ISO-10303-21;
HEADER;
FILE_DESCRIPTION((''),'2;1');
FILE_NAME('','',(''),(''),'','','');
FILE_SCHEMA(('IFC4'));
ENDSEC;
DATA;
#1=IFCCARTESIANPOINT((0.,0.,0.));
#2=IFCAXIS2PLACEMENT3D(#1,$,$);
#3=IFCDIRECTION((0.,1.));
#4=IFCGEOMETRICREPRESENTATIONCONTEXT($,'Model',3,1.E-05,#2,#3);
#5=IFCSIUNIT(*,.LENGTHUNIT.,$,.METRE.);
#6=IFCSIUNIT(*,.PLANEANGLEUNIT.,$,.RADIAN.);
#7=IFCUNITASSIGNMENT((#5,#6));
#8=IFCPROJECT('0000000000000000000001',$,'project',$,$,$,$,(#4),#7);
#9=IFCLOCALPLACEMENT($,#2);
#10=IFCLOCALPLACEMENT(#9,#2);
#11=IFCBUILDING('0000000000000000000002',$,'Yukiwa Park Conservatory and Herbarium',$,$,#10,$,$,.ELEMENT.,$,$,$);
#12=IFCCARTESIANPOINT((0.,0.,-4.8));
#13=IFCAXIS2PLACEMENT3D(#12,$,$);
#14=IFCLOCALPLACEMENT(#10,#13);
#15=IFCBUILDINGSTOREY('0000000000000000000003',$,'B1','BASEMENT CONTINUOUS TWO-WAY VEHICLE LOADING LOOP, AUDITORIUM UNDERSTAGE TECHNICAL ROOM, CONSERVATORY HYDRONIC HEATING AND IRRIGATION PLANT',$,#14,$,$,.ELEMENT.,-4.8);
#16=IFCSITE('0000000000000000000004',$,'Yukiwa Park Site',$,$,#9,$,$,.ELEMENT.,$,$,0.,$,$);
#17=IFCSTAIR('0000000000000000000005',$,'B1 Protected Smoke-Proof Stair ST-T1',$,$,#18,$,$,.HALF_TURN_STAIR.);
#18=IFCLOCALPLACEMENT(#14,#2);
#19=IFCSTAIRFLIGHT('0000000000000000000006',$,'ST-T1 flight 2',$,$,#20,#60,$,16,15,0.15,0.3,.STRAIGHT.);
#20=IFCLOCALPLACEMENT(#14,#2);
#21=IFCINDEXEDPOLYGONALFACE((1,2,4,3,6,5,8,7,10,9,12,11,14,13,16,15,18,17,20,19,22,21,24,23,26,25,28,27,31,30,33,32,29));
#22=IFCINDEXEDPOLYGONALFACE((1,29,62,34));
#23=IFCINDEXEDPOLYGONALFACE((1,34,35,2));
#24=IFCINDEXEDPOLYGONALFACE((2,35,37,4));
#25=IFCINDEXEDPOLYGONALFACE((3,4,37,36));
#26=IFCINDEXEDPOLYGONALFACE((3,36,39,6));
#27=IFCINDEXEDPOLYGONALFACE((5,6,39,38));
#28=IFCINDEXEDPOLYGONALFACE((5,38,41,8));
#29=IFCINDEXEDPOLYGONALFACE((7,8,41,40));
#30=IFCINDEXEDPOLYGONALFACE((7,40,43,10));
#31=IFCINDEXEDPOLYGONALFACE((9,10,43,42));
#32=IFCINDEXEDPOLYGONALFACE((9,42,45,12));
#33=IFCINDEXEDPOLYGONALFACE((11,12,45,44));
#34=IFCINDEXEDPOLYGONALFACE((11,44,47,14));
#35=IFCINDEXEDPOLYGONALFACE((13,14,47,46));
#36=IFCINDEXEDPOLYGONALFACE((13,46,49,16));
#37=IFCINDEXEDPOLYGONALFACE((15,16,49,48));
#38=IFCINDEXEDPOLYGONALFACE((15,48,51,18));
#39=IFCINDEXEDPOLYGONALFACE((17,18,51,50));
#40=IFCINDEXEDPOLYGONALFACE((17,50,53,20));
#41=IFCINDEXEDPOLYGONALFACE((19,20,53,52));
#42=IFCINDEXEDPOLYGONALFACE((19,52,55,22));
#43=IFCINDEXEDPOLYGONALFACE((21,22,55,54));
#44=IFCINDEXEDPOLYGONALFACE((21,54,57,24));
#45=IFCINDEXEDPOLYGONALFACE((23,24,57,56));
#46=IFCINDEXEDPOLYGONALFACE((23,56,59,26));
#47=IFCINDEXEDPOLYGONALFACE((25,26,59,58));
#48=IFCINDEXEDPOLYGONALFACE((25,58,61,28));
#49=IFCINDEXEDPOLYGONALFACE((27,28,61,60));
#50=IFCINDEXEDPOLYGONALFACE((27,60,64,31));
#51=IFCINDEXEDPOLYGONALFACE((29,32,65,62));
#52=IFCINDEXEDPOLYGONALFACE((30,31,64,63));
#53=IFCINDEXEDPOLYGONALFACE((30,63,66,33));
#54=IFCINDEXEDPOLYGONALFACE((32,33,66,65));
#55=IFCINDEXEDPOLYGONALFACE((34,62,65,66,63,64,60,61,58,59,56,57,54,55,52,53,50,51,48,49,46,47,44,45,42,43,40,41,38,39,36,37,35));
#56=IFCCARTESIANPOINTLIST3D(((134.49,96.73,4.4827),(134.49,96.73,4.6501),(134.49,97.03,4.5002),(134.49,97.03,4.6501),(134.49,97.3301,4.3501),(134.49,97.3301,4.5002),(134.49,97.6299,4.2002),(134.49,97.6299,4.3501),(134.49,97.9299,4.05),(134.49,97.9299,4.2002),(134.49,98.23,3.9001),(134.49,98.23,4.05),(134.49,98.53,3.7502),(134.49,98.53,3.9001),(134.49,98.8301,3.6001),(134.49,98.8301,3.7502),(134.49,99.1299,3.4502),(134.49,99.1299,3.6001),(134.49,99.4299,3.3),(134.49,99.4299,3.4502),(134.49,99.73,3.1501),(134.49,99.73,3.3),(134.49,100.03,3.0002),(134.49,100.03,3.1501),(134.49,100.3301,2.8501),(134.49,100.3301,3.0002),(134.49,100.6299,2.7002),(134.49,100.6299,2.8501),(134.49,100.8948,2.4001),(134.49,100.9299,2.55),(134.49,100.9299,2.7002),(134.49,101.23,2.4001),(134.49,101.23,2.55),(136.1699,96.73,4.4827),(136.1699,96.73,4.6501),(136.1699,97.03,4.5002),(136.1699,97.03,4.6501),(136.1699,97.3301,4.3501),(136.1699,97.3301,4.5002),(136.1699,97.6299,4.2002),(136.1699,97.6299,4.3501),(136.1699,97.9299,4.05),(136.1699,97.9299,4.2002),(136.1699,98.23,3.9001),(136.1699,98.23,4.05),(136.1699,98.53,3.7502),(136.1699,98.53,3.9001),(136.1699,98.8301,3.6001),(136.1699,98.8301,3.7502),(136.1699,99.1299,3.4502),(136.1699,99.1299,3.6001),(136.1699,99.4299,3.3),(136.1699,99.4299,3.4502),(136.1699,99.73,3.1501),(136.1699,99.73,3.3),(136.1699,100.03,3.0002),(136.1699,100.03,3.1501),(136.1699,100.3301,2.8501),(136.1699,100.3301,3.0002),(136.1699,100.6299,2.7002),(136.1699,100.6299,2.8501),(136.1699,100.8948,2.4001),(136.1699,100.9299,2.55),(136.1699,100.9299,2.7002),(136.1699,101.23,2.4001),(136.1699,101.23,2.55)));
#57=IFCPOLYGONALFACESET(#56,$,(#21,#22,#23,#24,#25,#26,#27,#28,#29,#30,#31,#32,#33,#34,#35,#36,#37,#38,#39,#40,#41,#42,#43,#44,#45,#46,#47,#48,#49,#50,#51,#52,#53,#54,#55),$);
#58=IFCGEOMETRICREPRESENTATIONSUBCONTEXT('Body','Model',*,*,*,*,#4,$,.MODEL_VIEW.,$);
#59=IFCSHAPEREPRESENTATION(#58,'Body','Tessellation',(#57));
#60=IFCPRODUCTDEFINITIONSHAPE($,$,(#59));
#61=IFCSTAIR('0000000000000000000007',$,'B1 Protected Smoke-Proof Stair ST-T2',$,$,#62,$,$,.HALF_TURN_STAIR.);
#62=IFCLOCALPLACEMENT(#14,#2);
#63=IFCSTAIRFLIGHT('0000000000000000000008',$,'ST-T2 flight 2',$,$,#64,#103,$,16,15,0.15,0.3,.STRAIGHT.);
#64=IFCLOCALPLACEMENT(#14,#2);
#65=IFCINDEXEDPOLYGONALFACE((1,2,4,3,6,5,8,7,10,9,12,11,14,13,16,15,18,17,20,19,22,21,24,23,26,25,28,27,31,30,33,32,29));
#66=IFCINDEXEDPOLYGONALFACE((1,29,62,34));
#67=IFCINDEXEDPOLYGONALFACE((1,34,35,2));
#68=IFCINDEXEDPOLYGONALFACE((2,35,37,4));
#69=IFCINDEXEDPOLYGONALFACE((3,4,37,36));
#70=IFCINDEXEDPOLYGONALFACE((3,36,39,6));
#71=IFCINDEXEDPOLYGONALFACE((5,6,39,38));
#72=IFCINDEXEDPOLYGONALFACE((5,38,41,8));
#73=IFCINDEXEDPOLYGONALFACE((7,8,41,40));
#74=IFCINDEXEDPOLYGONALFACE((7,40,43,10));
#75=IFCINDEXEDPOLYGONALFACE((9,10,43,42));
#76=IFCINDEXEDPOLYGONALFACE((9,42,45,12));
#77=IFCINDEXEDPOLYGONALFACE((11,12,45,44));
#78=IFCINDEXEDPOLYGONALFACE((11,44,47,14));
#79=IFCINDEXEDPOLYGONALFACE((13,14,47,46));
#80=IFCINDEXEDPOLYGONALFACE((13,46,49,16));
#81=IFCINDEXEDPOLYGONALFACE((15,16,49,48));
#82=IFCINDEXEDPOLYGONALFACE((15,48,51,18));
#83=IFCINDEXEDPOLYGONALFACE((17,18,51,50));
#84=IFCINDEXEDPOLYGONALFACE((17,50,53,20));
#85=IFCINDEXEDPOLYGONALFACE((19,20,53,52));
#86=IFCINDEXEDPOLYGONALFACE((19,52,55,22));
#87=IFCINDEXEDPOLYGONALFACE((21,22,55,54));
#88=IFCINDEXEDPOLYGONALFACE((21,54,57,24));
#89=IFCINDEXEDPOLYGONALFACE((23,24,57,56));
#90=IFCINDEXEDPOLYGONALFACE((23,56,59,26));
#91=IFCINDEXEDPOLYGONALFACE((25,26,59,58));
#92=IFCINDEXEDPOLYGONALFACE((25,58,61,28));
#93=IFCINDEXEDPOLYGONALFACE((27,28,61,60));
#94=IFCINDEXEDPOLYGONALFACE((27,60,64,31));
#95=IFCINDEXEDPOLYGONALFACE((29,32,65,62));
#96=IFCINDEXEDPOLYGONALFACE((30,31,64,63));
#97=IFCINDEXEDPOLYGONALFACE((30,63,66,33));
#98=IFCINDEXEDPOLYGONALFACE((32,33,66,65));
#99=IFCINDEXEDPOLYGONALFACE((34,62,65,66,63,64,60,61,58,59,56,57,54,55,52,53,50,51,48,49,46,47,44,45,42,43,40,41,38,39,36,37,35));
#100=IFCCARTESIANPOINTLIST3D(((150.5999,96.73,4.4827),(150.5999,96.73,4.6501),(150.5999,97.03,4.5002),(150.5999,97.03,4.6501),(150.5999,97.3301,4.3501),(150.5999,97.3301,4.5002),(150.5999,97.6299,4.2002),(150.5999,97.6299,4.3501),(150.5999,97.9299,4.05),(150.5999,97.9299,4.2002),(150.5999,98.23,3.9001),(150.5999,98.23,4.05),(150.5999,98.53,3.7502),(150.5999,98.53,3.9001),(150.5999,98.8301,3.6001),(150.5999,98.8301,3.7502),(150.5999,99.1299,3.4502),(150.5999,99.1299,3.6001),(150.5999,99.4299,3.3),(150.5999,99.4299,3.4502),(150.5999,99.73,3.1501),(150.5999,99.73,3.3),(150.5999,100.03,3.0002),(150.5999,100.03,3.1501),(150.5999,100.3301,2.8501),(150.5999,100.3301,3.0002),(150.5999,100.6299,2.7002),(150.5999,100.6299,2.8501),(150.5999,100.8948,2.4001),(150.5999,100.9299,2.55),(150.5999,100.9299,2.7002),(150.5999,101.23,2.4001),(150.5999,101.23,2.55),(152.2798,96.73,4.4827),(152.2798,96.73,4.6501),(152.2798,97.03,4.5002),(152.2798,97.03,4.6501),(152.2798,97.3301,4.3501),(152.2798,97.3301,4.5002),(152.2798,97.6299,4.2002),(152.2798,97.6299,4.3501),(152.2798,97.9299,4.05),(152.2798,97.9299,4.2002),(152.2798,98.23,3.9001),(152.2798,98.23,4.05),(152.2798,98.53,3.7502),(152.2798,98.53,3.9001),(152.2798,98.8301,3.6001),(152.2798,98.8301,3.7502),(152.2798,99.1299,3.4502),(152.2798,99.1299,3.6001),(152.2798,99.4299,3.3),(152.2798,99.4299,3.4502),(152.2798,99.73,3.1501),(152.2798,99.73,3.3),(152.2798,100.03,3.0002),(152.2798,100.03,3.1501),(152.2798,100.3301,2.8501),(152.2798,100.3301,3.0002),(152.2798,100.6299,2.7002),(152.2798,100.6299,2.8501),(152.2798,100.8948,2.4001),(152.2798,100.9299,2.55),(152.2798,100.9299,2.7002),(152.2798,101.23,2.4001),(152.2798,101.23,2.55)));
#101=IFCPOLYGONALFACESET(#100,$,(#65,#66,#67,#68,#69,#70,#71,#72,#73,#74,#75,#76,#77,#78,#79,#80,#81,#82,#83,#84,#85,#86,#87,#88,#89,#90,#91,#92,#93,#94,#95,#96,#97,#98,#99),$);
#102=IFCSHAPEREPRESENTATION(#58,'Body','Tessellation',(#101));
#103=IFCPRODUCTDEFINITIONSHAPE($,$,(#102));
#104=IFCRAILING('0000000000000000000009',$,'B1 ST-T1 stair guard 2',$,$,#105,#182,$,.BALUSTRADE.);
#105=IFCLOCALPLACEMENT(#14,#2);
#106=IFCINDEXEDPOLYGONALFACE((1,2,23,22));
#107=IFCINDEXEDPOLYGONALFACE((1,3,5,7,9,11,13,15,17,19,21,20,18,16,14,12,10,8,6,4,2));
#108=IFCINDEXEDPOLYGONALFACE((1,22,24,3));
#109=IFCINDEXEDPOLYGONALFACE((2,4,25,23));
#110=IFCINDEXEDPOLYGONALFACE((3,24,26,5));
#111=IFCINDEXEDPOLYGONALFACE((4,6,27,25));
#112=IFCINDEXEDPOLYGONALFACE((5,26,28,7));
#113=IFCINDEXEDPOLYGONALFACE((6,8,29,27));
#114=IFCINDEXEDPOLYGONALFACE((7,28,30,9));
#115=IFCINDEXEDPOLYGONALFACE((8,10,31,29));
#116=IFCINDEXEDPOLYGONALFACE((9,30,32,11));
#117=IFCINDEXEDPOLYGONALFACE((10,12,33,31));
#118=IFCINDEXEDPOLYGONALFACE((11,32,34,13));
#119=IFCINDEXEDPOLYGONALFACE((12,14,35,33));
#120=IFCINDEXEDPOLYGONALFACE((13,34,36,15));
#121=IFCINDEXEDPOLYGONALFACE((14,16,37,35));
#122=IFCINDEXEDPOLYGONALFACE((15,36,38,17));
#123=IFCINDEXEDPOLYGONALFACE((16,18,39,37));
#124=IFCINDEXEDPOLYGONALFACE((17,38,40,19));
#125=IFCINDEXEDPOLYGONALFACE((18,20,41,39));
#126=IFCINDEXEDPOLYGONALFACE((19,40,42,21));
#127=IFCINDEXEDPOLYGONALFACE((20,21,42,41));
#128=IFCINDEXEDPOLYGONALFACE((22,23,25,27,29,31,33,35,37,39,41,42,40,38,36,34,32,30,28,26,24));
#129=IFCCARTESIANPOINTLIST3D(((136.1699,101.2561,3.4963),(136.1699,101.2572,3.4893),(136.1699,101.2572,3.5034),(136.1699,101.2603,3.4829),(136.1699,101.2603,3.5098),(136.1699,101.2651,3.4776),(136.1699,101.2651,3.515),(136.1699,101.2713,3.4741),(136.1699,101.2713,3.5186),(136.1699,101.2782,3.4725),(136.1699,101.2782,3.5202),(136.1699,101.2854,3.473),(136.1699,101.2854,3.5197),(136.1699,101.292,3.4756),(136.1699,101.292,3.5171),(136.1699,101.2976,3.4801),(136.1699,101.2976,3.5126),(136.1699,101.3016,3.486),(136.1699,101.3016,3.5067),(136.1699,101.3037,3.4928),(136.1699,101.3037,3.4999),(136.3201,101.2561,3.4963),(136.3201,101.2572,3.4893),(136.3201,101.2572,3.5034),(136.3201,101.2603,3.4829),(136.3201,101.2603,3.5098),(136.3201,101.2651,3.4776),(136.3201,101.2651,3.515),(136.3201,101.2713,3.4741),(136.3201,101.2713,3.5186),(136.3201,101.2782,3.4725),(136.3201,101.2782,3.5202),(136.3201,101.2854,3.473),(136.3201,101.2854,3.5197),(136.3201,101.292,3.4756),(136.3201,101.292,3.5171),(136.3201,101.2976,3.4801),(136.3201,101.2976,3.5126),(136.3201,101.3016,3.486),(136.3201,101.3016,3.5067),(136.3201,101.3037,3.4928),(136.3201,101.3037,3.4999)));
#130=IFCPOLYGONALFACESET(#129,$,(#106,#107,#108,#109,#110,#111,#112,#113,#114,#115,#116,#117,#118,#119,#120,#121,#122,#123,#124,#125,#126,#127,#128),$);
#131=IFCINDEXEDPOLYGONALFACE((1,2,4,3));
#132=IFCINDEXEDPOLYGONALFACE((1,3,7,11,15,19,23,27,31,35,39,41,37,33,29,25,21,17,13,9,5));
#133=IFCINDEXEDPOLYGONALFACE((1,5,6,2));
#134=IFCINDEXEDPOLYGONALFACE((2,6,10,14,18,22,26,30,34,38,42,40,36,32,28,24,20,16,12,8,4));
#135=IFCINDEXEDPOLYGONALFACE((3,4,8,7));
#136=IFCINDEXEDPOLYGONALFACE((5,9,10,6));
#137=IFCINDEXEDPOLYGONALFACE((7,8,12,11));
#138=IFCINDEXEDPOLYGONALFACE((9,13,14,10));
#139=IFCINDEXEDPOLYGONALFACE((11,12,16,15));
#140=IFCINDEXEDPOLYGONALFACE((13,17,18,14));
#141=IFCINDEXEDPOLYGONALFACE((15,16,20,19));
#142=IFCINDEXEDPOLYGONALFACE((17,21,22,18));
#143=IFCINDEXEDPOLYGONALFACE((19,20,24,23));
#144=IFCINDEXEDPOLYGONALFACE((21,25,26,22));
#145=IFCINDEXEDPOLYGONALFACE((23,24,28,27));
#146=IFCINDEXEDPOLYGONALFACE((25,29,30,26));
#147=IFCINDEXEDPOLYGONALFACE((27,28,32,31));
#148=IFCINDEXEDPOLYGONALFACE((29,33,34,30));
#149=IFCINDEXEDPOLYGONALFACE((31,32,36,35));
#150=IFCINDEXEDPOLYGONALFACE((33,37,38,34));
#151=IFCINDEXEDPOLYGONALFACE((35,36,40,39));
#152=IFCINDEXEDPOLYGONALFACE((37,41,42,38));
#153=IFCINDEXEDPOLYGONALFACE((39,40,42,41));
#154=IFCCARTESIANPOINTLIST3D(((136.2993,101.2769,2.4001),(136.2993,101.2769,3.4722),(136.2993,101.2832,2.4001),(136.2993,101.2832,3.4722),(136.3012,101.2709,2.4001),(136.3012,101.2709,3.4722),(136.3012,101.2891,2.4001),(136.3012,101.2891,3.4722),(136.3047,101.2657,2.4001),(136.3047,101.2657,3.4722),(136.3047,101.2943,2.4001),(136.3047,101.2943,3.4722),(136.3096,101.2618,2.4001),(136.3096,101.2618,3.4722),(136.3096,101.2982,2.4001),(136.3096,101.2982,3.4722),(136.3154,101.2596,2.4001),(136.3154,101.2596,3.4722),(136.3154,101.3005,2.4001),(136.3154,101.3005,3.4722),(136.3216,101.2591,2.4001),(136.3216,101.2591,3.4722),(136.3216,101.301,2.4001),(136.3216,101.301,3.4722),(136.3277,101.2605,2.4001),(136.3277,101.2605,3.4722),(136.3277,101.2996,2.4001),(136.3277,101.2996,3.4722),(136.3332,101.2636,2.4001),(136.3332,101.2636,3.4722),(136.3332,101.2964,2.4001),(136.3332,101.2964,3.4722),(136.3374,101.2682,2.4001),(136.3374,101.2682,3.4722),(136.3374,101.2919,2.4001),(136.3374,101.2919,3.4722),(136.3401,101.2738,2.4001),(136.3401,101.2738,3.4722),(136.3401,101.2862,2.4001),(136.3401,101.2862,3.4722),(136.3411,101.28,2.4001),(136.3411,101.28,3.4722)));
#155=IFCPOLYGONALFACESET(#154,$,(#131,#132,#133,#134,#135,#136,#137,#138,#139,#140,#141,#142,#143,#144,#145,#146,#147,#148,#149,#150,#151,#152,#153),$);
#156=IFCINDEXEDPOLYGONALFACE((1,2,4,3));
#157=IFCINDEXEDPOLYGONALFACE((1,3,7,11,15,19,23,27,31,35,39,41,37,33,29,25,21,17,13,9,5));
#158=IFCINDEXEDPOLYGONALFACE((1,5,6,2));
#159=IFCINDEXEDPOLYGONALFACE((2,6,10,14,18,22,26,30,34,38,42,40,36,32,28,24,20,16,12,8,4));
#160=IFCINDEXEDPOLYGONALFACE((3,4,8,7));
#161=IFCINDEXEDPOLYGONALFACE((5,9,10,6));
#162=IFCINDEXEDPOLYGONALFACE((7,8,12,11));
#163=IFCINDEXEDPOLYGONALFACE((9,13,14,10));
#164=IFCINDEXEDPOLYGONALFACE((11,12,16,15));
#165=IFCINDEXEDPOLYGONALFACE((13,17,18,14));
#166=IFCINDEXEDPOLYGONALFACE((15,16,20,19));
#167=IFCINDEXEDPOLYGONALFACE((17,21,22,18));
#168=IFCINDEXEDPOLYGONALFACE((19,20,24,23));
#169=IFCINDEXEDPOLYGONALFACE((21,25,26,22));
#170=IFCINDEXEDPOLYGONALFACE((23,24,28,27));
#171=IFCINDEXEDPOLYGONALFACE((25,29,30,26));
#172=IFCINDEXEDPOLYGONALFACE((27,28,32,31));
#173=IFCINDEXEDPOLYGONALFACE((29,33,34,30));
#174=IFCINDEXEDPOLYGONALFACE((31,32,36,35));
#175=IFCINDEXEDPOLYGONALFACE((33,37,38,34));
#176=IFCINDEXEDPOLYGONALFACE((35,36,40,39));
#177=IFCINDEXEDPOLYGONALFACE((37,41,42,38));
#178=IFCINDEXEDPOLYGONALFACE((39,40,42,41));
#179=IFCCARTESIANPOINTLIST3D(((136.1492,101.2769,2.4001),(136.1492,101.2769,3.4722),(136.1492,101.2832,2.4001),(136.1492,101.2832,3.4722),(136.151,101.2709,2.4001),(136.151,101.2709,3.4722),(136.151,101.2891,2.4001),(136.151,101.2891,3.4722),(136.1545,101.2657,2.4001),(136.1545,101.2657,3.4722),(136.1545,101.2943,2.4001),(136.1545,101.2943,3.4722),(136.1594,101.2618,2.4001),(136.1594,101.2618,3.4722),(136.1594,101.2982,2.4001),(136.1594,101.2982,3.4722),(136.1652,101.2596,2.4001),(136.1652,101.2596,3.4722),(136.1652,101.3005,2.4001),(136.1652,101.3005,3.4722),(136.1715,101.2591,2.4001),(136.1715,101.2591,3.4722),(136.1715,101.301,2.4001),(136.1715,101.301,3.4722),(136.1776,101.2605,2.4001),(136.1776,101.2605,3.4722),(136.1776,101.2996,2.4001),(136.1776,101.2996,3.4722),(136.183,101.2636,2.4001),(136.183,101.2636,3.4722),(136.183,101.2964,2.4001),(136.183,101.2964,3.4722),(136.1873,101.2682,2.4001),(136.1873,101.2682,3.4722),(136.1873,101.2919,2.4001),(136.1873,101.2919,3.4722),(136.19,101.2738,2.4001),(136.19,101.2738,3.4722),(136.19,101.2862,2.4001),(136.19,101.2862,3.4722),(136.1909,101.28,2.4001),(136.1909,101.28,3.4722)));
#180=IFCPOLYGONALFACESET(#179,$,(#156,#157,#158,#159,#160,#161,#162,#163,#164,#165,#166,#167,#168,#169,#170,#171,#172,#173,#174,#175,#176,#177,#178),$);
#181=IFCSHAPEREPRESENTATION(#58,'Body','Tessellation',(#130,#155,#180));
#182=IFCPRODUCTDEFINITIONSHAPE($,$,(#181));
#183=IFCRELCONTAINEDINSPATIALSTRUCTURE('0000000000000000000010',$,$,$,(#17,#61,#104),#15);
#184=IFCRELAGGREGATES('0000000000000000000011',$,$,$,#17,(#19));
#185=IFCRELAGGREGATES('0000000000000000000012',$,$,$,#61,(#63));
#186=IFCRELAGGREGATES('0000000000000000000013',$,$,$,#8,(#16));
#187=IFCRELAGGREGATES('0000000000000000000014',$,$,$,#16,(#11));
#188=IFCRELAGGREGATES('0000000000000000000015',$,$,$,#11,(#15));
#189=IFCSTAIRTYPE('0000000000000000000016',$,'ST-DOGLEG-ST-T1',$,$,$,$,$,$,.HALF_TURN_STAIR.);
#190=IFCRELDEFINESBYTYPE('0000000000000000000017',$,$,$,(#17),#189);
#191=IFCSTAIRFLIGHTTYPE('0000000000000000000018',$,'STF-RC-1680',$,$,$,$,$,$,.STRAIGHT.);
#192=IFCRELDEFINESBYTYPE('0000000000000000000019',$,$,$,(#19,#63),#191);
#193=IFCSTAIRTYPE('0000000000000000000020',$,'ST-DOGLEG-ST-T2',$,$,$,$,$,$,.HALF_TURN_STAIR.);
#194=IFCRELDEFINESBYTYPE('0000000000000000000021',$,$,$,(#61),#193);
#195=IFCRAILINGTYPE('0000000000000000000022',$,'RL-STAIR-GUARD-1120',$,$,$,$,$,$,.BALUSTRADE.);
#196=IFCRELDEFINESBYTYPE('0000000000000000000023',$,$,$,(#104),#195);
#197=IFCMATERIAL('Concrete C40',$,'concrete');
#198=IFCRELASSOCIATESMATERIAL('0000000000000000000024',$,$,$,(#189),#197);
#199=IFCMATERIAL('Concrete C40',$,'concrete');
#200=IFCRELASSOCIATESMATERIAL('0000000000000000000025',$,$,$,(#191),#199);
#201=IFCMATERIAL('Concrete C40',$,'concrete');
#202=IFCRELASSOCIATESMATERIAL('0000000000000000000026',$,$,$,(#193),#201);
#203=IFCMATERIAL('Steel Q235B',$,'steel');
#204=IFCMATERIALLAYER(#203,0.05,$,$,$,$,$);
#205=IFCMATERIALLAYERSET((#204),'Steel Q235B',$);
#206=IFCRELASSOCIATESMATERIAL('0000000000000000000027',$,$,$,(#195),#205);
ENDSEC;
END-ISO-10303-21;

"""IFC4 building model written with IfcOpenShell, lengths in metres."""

from ifc_helpers import new_model, si_unit, direction, frame, origin, origin_2d, place, context, subcontext, project, spatial, polyline, circle, outline, extrude, material, layer, layer_set, type_object, element, aggregate, save


model = new_model("IFC4")

# Units and contexts
model_context = context("Model", 3, precision=1e-05, world=origin(), true_north=direction((0.0, 1.0)))
body_context = subcontext(model_context, "Body", "Model", "MODEL_VIEW")
ifc_project = project(units=[si_unit("LENGTHUNIT", "METRE"), si_unit("PLANEANGLEUNIT", "RADIAN")], contexts=[model_context])

# Site, building, storey
site_placement = place(None, origin())
site = spatial("IfcSite", under=ifc_project, at=site_placement, Name="Yukiwa Park Site", CompositionType="ELEMENT", RefElevation=0.0)
building_placement = place(site_placement, origin())
building = spatial("IfcBuilding", under=site, at=building_placement, Name="Yukiwa Park Conservatory and Herbarium", CompositionType="ELEMENT")
storey_placement = place(building_placement, frame((0.0, 0.0, -4.8)))
storey = spatial("IfcBuildingStorey", under=building, at=storey_placement, Name="B1", Description="BASEMENT CONTINUOUS TWO-WAY VEHICLE LOADING LOOP, AUDITORIUM UNDERSTAGE TECHNICAL ROOM, CONSERVATORY HYDRONIC HEATING AND IRRIGATION PLANT", CompositionType="ELEMENT", Elevation=-4.8)

# Stairs, stair flights
ifc_material_1 = material(Name="Concrete C40", Category="concrete")
stair_type_1 = type_object("IfcStairType", Name="ST-DOGLEG-ST-T1", PredefinedType="HALF_TURN_STAIR", material=ifc_material_1)
stair_1_placement = place(storey_placement, origin())
stair_1 = element("IfcStair", 1, at=stair_1_placement, inside=storey, type_object=stair_type_1, Name="B1 Protected Smoke-Proof Stair ST-T1", PredefinedType="HALF_TURN_STAIR")
ifc_material_2 = material(Name="Concrete C40", Category="concrete")
stair_flight_type = type_object("IfcStairFlightType", Name="STF-RC-1680", PredefinedType="STRAIGHT", material=ifc_material_2)
stair_flight_1_placement = place(storey_placement, frame((135.3301, 101.23, 2.4001), z_axis=(0.0, 0.0, 1.0), x_axis=(0.0, -1.0, 0.0)))
stair_flight_1 = element("IfcStairFlight", 2, at=stair_flight_1_placement, type_object=stair_flight_type, Name="ST-T1 flight 2", NumberOfRisers=16, NumberOfTreads=15, PredefinedType="STRAIGHT", RiserHeight=0.15, TreadLength=0.3, context=body_context, shape_type="SweptSolid", body=[
    extrude(outline(polyline([(0.0, 0.0), (0.0, 0.1499), (0.3, 0.1499), (0.3, 0.3), (0.6001, 0.3), (0.6001, 0.45), (0.8999, 0.45), (0.8999, 0.6001), (1.2, 0.6001), (1.2, 0.75), (1.5, 0.75), (1.5, 0.8999), (1.8, 0.8999), (1.8, 1.05), (2.1001, 1.05), (2.1001, 1.2), (2.3999, 1.2), (2.3999, 1.3501), (2.7, 1.3501), (2.7, 1.5), (3.0, 1.5), (3.0, 1.6499), (3.3, 1.6499), (3.3, 1.8), (3.6001, 1.8), (3.6001, 1.95), (3.8999, 1.95), (3.8999, 2.1001), (4.2, 2.1001), (4.2, 2.25), (4.5, 2.25), (4.5, 2.3999), (4.5, 2.0825), (0.3352, 0.0), (0.0, 0.0)])), frame((0.0, 0.8398, 0.0), z_axis=(0.0, -1.0, 0.0), x_axis=(1.0, 0.0, 0.0)), (0.0, 0.0, 1.0), 1.6799),
])
aggregate(stair_1, [stair_flight_1])
ifc_material_3 = material(Name="Concrete C40", Category="concrete")
stair_type_2 = type_object("IfcStairType", Name="ST-DOGLEG-ST-T2", PredefinedType="HALF_TURN_STAIR", material=ifc_material_3)
stair_2_placement = place(storey_placement, origin())
stair_2 = element("IfcStair", 3, at=stair_2_placement, inside=storey, type_object=stair_type_2, Name="B1 Protected Smoke-Proof Stair ST-T2", PredefinedType="HALF_TURN_STAIR")
stair_flight_2_placement = place(storey_placement, frame((151.4399, 101.23, 2.4001), z_axis=(0.0, 0.0, 1.0), x_axis=(0.0, -1.0, 0.0)))
stair_flight_2 = element("IfcStairFlight", 4, at=stair_flight_2_placement, type_object=stair_flight_type, Name="ST-T2 flight 2", NumberOfRisers=16, NumberOfTreads=15, PredefinedType="STRAIGHT", RiserHeight=0.15, TreadLength=0.3, context=body_context, shape_type="SweptSolid", body=[
    extrude(outline(polyline([(0.0, 0.0), (0.0, 0.1499), (0.3, 0.1499), (0.3, 0.3), (0.6001, 0.3), (0.6001, 0.45), (0.8999, 0.45), (0.8999, 0.6001), (1.2, 0.6001), (1.2, 0.75), (1.5, 0.75), (1.5, 0.8999), (1.8, 0.8999), (1.8, 1.05), (2.1001, 1.05), (2.1001, 1.2), (2.3999, 1.2), (2.3999, 1.3501), (2.7, 1.3501), (2.7, 1.5), (3.0, 1.5), (3.0, 1.6499), (3.3, 1.6499), (3.3, 1.8), (3.6001, 1.8), (3.6001, 1.95), (3.8999, 1.95), (3.8999, 2.1001), (4.2, 2.1001), (4.2, 2.25), (4.5, 2.25), (4.5, 2.3999), (4.5, 2.0825), (0.3352, 0.0), (0.0, 0.0)])), frame((0.0, 0.8398, 0.0), z_axis=(0.0, -1.0, 0.0), x_axis=(1.0, 0.0, 0.0)), (0.0, 0.0, 1.0), 1.6799),
])
aggregate(stair_2, [stair_flight_2])

# Railing
ifc_material_4 = material(Name="Steel Q235B", Category="steel")
ifc_layer_1 = layer(ifc_material_4, 0.05)
ifc_layer_set_1 = layer_set([ifc_layer_1], Name="Steel Q235B")
railing_type_1 = type_object("IfcRailingType", Name="RL-STAIR-GUARD-1120", PredefinedType="BALUSTRADE", material=ifc_layer_set_1)
railing_placement = place(storey_placement, frame((136.3201, 101.28, 2.4001)))
element("IfcRailing", 5, at=railing_placement, inside=storey, type_object=railing_type_1, Name="B1 ST-T1 stair guard 2", PredefinedType="BALUSTRADE", context=body_context, shape_type="SweptSolid", body=[
    extrude(circle(Radius=0.0239, at=origin_2d()), frame((0.0, 0.0, 1.0962), z_axis=(-1.0, 0.0, 0.0), x_axis=(0.0, -1.0, 0.0)), (0.0, 0.0, 1.0), 0.1501),
    extrude(circle(Radius=0.021, at=origin_2d()), origin(), (0.0, 0.0, 1.0), 1.072),
    extrude(circle(Radius=0.021, at=origin_2d()), frame((-0.1501, 0.0, 0.0)), (0.0, 0.0, 1.0), 1.072),
])

save(model, "model.ifc")
